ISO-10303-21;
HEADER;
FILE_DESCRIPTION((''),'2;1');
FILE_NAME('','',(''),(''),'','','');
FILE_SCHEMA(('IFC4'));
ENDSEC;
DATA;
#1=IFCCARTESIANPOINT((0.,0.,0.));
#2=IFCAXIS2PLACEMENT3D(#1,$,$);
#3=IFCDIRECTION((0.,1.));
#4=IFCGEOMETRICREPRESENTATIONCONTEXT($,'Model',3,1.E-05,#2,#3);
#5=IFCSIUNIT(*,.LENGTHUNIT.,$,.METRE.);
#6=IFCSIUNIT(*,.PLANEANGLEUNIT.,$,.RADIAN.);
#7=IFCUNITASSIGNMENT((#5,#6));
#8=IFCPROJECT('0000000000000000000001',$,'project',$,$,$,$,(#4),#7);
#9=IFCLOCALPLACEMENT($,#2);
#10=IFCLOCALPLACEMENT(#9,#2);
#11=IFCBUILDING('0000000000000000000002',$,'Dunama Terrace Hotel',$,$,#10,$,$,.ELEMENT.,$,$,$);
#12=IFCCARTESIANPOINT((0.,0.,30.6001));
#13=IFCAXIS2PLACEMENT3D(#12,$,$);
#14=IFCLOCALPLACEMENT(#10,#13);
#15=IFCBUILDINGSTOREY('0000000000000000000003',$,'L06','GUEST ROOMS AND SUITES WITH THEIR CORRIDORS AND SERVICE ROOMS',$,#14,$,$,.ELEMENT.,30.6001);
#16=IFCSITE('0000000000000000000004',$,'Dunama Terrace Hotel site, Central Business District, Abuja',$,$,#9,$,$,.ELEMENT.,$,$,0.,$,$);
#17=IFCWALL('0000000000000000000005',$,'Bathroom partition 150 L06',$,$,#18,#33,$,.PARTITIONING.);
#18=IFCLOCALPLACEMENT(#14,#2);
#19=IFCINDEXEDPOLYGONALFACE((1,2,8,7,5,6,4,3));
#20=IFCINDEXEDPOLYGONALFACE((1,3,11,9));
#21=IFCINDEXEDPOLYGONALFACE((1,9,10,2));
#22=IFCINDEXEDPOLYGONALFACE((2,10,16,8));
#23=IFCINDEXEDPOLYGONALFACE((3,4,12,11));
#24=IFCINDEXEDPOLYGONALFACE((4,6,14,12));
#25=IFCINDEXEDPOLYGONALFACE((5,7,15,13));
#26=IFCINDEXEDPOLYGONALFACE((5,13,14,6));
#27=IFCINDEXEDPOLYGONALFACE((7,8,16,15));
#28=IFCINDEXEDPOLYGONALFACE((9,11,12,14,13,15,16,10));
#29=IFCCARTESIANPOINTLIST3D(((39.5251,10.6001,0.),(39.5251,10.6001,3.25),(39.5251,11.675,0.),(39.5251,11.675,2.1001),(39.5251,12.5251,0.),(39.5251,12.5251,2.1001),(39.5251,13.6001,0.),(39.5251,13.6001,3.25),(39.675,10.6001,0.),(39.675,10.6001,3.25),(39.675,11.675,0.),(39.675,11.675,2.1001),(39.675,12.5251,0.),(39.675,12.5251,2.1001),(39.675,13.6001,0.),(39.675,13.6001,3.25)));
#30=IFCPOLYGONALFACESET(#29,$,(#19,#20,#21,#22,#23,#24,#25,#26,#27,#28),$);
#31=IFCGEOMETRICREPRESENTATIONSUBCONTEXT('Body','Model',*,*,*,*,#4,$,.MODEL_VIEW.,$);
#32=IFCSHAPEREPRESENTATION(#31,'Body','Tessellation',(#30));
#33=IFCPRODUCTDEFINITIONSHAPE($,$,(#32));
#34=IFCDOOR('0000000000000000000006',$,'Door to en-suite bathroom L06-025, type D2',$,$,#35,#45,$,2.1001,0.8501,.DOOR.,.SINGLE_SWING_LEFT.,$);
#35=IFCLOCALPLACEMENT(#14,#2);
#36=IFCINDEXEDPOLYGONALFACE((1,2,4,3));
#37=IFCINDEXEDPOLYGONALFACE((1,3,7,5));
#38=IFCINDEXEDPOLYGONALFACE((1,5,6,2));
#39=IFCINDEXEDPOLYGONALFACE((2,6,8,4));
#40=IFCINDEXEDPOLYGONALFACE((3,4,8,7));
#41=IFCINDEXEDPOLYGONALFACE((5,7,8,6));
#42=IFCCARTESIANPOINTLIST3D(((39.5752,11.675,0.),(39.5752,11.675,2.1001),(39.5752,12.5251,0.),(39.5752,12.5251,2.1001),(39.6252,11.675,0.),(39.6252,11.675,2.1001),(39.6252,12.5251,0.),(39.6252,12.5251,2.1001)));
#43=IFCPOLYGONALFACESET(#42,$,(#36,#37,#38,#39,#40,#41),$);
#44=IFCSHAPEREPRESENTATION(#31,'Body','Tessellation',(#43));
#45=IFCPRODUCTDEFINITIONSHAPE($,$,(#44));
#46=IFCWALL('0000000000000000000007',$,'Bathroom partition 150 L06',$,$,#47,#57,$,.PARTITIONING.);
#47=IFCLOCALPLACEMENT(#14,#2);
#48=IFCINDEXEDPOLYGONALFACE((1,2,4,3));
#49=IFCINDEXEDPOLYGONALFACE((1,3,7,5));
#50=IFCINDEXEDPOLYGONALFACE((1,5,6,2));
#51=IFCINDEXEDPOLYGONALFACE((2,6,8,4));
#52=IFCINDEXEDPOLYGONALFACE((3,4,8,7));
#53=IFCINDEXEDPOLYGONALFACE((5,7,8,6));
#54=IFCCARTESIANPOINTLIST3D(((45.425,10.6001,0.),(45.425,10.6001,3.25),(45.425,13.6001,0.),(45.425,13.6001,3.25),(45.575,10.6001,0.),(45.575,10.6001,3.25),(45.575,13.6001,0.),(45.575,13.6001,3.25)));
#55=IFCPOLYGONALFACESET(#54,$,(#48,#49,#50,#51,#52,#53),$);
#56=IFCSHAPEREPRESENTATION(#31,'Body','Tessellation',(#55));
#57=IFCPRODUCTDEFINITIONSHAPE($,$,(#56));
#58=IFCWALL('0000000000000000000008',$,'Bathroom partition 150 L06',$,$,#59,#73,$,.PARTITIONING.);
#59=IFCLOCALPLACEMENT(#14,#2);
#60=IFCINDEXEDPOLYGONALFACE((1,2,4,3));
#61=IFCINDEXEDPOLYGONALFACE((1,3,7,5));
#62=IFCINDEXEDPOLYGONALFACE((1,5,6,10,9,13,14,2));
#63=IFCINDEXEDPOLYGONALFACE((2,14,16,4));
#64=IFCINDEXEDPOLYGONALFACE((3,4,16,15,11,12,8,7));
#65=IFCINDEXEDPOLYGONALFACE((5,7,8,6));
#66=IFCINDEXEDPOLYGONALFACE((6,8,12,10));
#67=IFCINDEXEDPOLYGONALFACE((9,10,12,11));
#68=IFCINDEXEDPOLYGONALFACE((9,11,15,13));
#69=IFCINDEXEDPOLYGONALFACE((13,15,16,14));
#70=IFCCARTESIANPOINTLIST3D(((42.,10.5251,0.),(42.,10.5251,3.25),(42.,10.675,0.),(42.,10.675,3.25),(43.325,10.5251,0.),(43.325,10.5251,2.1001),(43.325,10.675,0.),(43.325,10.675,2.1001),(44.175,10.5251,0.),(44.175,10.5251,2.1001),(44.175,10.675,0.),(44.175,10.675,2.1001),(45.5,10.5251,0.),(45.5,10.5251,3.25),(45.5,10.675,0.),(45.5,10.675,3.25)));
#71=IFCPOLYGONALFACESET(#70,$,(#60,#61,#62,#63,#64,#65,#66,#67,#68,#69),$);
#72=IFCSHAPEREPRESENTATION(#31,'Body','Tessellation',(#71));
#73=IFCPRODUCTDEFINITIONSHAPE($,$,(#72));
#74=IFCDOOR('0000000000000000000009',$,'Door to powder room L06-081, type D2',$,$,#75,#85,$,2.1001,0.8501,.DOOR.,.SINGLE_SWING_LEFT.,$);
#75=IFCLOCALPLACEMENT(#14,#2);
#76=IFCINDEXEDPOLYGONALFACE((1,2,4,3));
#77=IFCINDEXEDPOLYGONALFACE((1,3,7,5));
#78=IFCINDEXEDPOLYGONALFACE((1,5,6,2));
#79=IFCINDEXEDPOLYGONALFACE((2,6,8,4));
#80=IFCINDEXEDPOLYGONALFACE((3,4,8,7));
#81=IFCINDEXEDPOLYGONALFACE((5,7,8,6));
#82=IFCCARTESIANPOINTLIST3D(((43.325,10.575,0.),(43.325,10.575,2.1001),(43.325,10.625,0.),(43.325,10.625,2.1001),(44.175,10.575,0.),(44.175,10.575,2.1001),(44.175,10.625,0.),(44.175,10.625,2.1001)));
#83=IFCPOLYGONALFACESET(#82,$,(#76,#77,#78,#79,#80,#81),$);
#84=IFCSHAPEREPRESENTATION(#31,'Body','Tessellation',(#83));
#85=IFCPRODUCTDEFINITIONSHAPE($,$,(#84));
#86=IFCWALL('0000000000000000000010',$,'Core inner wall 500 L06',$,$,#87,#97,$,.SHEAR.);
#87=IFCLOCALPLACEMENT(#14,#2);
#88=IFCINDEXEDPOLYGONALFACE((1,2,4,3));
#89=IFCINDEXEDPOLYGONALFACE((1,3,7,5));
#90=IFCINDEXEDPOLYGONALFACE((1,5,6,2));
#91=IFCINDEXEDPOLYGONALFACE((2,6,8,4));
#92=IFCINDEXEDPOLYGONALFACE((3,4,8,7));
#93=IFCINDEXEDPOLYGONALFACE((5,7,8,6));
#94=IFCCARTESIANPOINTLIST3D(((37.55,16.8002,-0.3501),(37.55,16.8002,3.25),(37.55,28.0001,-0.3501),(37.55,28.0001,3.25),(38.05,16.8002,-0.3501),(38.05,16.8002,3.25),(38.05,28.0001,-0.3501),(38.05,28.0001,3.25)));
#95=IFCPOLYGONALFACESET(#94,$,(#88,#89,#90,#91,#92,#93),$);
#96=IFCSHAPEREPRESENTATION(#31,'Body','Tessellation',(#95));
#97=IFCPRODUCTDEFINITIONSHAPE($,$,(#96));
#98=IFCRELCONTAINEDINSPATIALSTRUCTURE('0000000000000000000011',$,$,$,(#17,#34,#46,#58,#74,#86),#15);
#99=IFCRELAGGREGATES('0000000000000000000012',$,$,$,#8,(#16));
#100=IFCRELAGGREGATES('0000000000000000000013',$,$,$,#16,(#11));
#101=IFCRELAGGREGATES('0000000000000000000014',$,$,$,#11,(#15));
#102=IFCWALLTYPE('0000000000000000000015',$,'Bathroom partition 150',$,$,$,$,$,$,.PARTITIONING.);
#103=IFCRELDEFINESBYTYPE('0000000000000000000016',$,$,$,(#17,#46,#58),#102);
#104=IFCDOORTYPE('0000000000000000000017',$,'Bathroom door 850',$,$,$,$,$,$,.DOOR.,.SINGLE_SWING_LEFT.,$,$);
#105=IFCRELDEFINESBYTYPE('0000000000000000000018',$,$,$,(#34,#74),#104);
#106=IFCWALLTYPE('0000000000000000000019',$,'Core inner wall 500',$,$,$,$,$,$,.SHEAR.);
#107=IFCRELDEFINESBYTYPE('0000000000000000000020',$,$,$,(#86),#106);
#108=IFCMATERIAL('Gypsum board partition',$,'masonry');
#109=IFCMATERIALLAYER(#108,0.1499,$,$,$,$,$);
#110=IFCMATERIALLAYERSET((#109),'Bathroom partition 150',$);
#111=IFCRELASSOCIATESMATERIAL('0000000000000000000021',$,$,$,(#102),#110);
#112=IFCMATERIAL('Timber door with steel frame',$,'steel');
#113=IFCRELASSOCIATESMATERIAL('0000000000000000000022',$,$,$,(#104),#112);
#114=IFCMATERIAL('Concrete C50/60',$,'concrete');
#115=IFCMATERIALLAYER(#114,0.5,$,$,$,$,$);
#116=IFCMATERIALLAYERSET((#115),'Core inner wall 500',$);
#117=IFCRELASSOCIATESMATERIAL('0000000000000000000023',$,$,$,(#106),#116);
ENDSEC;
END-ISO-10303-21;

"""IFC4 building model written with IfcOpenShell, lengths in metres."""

from ifc_helpers import new_model, si_unit, direction, frame, frame_2d, origin, place, context, subcontext, project, spatial, rectangle, extrude, material, layer, layer_set, type_object, element, fill, save


model = new_model("IFC4")

# Units and contexts
model_context = context("Model", 3, precision=1e-05, world=origin(), true_north=direction((0.0, 1.0)))
body_context = subcontext(model_context, "Body", "Model", "MODEL_VIEW")
ifc_project = project(units=[si_unit("LENGTHUNIT", "METRE"), si_unit("PLANEANGLEUNIT", "RADIAN")], contexts=[model_context])

# Site, building, storey
site_placement = place(None, origin())
site = spatial("IfcSite", under=ifc_project, at=site_placement, Name="Dunama Terrace Hotel site, Central Business District, Abuja", CompositionType="ELEMENT", RefElevation=0.0)
building_placement = place(site_placement, origin())
building = spatial("IfcBuilding", under=site, at=building_placement, Name="Dunama Terrace Hotel", CompositionType="ELEMENT")
storey_placement = place(building_placement, frame((0.0, 0.0, 30.6001)))
storey = spatial("IfcBuildingStorey", under=building, at=storey_placement, Name="L06", Description="GUEST ROOMS AND SUITES WITH THEIR CORRIDORS AND SERVICE ROOMS", CompositionType="ELEMENT", Elevation=30.6001)

# Wall, opening, door
ifc_material_1 = material(Name="Gypsum board partition", Category="masonry")
ifc_layer_1 = layer(ifc_material_1, 0.1499)
ifc_layer_set_1 = layer_set([ifc_layer_1], Name="Bathroom partition 150")
wall_type_1 = type_object("IfcWallType", Name="Bathroom partition 150", PredefinedType="PARTITIONING", material=ifc_layer_set_1)
wall_1_placement = place(storey_placement, frame((39.6001, 10.6001, 0.0), z_axis=(0.0, 0.0, 1.0), x_axis=(0.0, 1.0, 0.0)))
wall_1 = element("IfcWall", 1, at=wall_1_placement, inside=storey, type_object=wall_type_1, Name="Bathroom partition 150 L06", PredefinedType="PARTITIONING", context=body_context, shape_type="SweptSolid", body=[
    extrude(rectangle(XDim=3.0, YDim=0.1499, at=frame_2d((1.5, 0.0))), origin(), (0.0, 0.0, 1.0), 3.25),
])
opening_1_placement = place(wall_1_placement, frame((1.075, 0.0, 0.0)))
opening_1 = element("IfcOpeningElement", 2, at=opening_1_placement, cuts=wall_1, PredefinedType="OPENING", context=body_context, shape_type="SweptSolid", body=[
    extrude(rectangle(XDim=0.8501, YDim=2.1001, at=frame_2d((0.425, 1.05))), frame((0.0, 0.085, 0.0), z_axis=(0.0, -1.0, 0.0), x_axis=(1.0, 0.0, 0.0)), (0.0, 0.0, 1.0), 0.1699),
])
ifc_material_2 = material(Name="Timber door with steel frame", Category="steel")
door_type_1 = type_object("IfcDoorType", Name="Bathroom door 850", OperationType="SINGLE_SWING_LEFT", PredefinedType="DOOR", material=ifc_material_2)
door_1_placement = place(opening_1_placement, frame((0.8501, 0.0, 0.0), z_axis=(0.0, 0.0, 1.0), x_axis=(-1.0, 0.0, 0.0)))
door_1 = element("IfcDoor", 3, at=door_1_placement, inside=storey, type_object=door_type_1, Name="Door to en-suite bathroom L06-025, type D2", OperationType="SINGLE_SWING_LEFT", OverallHeight=2.1001, OverallWidth=0.8501, PredefinedType="DOOR", context=body_context, shape_type="SweptSolid", body=[
    extrude(rectangle(XDim=0.8501, YDim=2.1001, at=frame_2d((0.425, 1.05))), frame((0.0, 0.0251, 0.0), z_axis=(0.0, -1.0, 0.0), x_axis=(1.0, 0.0, 0.0)), (0.0, 0.0, 1.0), 0.05),
])
fill(opening_1, door_1)

# Wall
wall_2_placement = place(storey_placement, frame((45.5, 10.6001, 0.0), z_axis=(0.0, 0.0, 1.0), x_axis=(0.0, 1.0, 0.0)))
element("IfcWall", 4, at=wall_2_placement, inside=storey, type_object=wall_type_1, Name="Bathroom partition 150 L06", PredefinedType="PARTITIONING", context=body_context, shape_type="SweptSolid", body=[
    extrude(rectangle(XDim=3.0, YDim=0.1499, at=frame_2d((1.5, 0.0))), origin(), (0.0, 0.0, 1.0), 3.25),
])

# Wall, opening, door
wall_3_placement = place(storey_placement, frame((42.0, 10.6001, 0.0), z_axis=(0.0, 0.0, 1.0), x_axis=(1.0, 0.0, 0.0)))
wall_3 = element("IfcWall", 5, at=wall_3_placement, inside=storey, type_object=wall_type_1, Name="Bathroom partition 150 L06", PredefinedType="PARTITIONING", context=body_context, shape_type="SweptSolid", body=[
    extrude(rectangle(XDim=3.5, YDim=0.1499, at=frame_2d((1.75, 0.0))), origin(), (0.0, 0.0, 1.0), 3.25),
])
opening_2_placement = place(wall_3_placement, frame((1.325, 0.0, 0.0)))
opening_2 = element("IfcOpeningElement", 6, at=opening_2_placement, cuts=wall_3, PredefinedType="OPENING", context=body_context, shape_type="SweptSolid", body=[
    extrude(rectangle(XDim=0.8501, YDim=2.1001, at=frame_2d((0.425, 1.05))), frame((0.0, 0.085, 0.0), z_axis=(0.0, -1.0, 0.0), x_axis=(1.0, 0.0, 0.0)), (0.0, 0.0, 1.0), 0.1699),
])
door_2_placement = place(opening_2_placement, origin())
door_2 = element("IfcDoor", 7, at=door_2_placement, inside=storey, type_object=door_type_1, Name="Door to powder room L06-081, type D2", OperationType="SINGLE_SWING_LEFT", OverallHeight=2.1001, OverallWidth=0.8501, PredefinedType="DOOR", context=body_context, shape_type="SweptSolid", body=[
    extrude(rectangle(XDim=0.8501, YDim=2.1001, at=frame_2d((0.425, 1.05))), frame((0.0, 0.0249, 0.0), z_axis=(0.0, -1.0, 0.0), x_axis=(1.0, 0.0, 0.0)), (0.0, 0.0, 1.0), 0.05),
])
fill(opening_2, door_2)

# Wall
ifc_material_3 = material(Name="Concrete C50/60", Category="concrete")
ifc_layer_2 = layer(ifc_material_3, 0.5)
ifc_layer_set_2 = layer_set([ifc_layer_2], Name="Core inner wall 500")
wall_type_2 = type_object("IfcWallType", Name="Core inner wall 500", PredefinedType="SHEAR", material=ifc_layer_set_2)
wall_4_placement = place(storey_placement, frame((37.8, 16.8, -0.3501), z_axis=(0.0, 0.0, 1.0), x_axis=(0.0, 1.0, 0.0)))
element("IfcWall", 8, at=wall_4_placement, inside=storey, type_object=wall_type_2, Name="Core inner wall 500 L06", PredefinedType="SHEAR", context=body_context, shape_type="SweptSolid", body=[
    extrude(rectangle(XDim=11.2, YDim=0.5, at=frame_2d((5.6001, 0.0))), origin(), (0.0, 0.0, 1.0), 3.6001),
])

save(model, "model.ifc")
